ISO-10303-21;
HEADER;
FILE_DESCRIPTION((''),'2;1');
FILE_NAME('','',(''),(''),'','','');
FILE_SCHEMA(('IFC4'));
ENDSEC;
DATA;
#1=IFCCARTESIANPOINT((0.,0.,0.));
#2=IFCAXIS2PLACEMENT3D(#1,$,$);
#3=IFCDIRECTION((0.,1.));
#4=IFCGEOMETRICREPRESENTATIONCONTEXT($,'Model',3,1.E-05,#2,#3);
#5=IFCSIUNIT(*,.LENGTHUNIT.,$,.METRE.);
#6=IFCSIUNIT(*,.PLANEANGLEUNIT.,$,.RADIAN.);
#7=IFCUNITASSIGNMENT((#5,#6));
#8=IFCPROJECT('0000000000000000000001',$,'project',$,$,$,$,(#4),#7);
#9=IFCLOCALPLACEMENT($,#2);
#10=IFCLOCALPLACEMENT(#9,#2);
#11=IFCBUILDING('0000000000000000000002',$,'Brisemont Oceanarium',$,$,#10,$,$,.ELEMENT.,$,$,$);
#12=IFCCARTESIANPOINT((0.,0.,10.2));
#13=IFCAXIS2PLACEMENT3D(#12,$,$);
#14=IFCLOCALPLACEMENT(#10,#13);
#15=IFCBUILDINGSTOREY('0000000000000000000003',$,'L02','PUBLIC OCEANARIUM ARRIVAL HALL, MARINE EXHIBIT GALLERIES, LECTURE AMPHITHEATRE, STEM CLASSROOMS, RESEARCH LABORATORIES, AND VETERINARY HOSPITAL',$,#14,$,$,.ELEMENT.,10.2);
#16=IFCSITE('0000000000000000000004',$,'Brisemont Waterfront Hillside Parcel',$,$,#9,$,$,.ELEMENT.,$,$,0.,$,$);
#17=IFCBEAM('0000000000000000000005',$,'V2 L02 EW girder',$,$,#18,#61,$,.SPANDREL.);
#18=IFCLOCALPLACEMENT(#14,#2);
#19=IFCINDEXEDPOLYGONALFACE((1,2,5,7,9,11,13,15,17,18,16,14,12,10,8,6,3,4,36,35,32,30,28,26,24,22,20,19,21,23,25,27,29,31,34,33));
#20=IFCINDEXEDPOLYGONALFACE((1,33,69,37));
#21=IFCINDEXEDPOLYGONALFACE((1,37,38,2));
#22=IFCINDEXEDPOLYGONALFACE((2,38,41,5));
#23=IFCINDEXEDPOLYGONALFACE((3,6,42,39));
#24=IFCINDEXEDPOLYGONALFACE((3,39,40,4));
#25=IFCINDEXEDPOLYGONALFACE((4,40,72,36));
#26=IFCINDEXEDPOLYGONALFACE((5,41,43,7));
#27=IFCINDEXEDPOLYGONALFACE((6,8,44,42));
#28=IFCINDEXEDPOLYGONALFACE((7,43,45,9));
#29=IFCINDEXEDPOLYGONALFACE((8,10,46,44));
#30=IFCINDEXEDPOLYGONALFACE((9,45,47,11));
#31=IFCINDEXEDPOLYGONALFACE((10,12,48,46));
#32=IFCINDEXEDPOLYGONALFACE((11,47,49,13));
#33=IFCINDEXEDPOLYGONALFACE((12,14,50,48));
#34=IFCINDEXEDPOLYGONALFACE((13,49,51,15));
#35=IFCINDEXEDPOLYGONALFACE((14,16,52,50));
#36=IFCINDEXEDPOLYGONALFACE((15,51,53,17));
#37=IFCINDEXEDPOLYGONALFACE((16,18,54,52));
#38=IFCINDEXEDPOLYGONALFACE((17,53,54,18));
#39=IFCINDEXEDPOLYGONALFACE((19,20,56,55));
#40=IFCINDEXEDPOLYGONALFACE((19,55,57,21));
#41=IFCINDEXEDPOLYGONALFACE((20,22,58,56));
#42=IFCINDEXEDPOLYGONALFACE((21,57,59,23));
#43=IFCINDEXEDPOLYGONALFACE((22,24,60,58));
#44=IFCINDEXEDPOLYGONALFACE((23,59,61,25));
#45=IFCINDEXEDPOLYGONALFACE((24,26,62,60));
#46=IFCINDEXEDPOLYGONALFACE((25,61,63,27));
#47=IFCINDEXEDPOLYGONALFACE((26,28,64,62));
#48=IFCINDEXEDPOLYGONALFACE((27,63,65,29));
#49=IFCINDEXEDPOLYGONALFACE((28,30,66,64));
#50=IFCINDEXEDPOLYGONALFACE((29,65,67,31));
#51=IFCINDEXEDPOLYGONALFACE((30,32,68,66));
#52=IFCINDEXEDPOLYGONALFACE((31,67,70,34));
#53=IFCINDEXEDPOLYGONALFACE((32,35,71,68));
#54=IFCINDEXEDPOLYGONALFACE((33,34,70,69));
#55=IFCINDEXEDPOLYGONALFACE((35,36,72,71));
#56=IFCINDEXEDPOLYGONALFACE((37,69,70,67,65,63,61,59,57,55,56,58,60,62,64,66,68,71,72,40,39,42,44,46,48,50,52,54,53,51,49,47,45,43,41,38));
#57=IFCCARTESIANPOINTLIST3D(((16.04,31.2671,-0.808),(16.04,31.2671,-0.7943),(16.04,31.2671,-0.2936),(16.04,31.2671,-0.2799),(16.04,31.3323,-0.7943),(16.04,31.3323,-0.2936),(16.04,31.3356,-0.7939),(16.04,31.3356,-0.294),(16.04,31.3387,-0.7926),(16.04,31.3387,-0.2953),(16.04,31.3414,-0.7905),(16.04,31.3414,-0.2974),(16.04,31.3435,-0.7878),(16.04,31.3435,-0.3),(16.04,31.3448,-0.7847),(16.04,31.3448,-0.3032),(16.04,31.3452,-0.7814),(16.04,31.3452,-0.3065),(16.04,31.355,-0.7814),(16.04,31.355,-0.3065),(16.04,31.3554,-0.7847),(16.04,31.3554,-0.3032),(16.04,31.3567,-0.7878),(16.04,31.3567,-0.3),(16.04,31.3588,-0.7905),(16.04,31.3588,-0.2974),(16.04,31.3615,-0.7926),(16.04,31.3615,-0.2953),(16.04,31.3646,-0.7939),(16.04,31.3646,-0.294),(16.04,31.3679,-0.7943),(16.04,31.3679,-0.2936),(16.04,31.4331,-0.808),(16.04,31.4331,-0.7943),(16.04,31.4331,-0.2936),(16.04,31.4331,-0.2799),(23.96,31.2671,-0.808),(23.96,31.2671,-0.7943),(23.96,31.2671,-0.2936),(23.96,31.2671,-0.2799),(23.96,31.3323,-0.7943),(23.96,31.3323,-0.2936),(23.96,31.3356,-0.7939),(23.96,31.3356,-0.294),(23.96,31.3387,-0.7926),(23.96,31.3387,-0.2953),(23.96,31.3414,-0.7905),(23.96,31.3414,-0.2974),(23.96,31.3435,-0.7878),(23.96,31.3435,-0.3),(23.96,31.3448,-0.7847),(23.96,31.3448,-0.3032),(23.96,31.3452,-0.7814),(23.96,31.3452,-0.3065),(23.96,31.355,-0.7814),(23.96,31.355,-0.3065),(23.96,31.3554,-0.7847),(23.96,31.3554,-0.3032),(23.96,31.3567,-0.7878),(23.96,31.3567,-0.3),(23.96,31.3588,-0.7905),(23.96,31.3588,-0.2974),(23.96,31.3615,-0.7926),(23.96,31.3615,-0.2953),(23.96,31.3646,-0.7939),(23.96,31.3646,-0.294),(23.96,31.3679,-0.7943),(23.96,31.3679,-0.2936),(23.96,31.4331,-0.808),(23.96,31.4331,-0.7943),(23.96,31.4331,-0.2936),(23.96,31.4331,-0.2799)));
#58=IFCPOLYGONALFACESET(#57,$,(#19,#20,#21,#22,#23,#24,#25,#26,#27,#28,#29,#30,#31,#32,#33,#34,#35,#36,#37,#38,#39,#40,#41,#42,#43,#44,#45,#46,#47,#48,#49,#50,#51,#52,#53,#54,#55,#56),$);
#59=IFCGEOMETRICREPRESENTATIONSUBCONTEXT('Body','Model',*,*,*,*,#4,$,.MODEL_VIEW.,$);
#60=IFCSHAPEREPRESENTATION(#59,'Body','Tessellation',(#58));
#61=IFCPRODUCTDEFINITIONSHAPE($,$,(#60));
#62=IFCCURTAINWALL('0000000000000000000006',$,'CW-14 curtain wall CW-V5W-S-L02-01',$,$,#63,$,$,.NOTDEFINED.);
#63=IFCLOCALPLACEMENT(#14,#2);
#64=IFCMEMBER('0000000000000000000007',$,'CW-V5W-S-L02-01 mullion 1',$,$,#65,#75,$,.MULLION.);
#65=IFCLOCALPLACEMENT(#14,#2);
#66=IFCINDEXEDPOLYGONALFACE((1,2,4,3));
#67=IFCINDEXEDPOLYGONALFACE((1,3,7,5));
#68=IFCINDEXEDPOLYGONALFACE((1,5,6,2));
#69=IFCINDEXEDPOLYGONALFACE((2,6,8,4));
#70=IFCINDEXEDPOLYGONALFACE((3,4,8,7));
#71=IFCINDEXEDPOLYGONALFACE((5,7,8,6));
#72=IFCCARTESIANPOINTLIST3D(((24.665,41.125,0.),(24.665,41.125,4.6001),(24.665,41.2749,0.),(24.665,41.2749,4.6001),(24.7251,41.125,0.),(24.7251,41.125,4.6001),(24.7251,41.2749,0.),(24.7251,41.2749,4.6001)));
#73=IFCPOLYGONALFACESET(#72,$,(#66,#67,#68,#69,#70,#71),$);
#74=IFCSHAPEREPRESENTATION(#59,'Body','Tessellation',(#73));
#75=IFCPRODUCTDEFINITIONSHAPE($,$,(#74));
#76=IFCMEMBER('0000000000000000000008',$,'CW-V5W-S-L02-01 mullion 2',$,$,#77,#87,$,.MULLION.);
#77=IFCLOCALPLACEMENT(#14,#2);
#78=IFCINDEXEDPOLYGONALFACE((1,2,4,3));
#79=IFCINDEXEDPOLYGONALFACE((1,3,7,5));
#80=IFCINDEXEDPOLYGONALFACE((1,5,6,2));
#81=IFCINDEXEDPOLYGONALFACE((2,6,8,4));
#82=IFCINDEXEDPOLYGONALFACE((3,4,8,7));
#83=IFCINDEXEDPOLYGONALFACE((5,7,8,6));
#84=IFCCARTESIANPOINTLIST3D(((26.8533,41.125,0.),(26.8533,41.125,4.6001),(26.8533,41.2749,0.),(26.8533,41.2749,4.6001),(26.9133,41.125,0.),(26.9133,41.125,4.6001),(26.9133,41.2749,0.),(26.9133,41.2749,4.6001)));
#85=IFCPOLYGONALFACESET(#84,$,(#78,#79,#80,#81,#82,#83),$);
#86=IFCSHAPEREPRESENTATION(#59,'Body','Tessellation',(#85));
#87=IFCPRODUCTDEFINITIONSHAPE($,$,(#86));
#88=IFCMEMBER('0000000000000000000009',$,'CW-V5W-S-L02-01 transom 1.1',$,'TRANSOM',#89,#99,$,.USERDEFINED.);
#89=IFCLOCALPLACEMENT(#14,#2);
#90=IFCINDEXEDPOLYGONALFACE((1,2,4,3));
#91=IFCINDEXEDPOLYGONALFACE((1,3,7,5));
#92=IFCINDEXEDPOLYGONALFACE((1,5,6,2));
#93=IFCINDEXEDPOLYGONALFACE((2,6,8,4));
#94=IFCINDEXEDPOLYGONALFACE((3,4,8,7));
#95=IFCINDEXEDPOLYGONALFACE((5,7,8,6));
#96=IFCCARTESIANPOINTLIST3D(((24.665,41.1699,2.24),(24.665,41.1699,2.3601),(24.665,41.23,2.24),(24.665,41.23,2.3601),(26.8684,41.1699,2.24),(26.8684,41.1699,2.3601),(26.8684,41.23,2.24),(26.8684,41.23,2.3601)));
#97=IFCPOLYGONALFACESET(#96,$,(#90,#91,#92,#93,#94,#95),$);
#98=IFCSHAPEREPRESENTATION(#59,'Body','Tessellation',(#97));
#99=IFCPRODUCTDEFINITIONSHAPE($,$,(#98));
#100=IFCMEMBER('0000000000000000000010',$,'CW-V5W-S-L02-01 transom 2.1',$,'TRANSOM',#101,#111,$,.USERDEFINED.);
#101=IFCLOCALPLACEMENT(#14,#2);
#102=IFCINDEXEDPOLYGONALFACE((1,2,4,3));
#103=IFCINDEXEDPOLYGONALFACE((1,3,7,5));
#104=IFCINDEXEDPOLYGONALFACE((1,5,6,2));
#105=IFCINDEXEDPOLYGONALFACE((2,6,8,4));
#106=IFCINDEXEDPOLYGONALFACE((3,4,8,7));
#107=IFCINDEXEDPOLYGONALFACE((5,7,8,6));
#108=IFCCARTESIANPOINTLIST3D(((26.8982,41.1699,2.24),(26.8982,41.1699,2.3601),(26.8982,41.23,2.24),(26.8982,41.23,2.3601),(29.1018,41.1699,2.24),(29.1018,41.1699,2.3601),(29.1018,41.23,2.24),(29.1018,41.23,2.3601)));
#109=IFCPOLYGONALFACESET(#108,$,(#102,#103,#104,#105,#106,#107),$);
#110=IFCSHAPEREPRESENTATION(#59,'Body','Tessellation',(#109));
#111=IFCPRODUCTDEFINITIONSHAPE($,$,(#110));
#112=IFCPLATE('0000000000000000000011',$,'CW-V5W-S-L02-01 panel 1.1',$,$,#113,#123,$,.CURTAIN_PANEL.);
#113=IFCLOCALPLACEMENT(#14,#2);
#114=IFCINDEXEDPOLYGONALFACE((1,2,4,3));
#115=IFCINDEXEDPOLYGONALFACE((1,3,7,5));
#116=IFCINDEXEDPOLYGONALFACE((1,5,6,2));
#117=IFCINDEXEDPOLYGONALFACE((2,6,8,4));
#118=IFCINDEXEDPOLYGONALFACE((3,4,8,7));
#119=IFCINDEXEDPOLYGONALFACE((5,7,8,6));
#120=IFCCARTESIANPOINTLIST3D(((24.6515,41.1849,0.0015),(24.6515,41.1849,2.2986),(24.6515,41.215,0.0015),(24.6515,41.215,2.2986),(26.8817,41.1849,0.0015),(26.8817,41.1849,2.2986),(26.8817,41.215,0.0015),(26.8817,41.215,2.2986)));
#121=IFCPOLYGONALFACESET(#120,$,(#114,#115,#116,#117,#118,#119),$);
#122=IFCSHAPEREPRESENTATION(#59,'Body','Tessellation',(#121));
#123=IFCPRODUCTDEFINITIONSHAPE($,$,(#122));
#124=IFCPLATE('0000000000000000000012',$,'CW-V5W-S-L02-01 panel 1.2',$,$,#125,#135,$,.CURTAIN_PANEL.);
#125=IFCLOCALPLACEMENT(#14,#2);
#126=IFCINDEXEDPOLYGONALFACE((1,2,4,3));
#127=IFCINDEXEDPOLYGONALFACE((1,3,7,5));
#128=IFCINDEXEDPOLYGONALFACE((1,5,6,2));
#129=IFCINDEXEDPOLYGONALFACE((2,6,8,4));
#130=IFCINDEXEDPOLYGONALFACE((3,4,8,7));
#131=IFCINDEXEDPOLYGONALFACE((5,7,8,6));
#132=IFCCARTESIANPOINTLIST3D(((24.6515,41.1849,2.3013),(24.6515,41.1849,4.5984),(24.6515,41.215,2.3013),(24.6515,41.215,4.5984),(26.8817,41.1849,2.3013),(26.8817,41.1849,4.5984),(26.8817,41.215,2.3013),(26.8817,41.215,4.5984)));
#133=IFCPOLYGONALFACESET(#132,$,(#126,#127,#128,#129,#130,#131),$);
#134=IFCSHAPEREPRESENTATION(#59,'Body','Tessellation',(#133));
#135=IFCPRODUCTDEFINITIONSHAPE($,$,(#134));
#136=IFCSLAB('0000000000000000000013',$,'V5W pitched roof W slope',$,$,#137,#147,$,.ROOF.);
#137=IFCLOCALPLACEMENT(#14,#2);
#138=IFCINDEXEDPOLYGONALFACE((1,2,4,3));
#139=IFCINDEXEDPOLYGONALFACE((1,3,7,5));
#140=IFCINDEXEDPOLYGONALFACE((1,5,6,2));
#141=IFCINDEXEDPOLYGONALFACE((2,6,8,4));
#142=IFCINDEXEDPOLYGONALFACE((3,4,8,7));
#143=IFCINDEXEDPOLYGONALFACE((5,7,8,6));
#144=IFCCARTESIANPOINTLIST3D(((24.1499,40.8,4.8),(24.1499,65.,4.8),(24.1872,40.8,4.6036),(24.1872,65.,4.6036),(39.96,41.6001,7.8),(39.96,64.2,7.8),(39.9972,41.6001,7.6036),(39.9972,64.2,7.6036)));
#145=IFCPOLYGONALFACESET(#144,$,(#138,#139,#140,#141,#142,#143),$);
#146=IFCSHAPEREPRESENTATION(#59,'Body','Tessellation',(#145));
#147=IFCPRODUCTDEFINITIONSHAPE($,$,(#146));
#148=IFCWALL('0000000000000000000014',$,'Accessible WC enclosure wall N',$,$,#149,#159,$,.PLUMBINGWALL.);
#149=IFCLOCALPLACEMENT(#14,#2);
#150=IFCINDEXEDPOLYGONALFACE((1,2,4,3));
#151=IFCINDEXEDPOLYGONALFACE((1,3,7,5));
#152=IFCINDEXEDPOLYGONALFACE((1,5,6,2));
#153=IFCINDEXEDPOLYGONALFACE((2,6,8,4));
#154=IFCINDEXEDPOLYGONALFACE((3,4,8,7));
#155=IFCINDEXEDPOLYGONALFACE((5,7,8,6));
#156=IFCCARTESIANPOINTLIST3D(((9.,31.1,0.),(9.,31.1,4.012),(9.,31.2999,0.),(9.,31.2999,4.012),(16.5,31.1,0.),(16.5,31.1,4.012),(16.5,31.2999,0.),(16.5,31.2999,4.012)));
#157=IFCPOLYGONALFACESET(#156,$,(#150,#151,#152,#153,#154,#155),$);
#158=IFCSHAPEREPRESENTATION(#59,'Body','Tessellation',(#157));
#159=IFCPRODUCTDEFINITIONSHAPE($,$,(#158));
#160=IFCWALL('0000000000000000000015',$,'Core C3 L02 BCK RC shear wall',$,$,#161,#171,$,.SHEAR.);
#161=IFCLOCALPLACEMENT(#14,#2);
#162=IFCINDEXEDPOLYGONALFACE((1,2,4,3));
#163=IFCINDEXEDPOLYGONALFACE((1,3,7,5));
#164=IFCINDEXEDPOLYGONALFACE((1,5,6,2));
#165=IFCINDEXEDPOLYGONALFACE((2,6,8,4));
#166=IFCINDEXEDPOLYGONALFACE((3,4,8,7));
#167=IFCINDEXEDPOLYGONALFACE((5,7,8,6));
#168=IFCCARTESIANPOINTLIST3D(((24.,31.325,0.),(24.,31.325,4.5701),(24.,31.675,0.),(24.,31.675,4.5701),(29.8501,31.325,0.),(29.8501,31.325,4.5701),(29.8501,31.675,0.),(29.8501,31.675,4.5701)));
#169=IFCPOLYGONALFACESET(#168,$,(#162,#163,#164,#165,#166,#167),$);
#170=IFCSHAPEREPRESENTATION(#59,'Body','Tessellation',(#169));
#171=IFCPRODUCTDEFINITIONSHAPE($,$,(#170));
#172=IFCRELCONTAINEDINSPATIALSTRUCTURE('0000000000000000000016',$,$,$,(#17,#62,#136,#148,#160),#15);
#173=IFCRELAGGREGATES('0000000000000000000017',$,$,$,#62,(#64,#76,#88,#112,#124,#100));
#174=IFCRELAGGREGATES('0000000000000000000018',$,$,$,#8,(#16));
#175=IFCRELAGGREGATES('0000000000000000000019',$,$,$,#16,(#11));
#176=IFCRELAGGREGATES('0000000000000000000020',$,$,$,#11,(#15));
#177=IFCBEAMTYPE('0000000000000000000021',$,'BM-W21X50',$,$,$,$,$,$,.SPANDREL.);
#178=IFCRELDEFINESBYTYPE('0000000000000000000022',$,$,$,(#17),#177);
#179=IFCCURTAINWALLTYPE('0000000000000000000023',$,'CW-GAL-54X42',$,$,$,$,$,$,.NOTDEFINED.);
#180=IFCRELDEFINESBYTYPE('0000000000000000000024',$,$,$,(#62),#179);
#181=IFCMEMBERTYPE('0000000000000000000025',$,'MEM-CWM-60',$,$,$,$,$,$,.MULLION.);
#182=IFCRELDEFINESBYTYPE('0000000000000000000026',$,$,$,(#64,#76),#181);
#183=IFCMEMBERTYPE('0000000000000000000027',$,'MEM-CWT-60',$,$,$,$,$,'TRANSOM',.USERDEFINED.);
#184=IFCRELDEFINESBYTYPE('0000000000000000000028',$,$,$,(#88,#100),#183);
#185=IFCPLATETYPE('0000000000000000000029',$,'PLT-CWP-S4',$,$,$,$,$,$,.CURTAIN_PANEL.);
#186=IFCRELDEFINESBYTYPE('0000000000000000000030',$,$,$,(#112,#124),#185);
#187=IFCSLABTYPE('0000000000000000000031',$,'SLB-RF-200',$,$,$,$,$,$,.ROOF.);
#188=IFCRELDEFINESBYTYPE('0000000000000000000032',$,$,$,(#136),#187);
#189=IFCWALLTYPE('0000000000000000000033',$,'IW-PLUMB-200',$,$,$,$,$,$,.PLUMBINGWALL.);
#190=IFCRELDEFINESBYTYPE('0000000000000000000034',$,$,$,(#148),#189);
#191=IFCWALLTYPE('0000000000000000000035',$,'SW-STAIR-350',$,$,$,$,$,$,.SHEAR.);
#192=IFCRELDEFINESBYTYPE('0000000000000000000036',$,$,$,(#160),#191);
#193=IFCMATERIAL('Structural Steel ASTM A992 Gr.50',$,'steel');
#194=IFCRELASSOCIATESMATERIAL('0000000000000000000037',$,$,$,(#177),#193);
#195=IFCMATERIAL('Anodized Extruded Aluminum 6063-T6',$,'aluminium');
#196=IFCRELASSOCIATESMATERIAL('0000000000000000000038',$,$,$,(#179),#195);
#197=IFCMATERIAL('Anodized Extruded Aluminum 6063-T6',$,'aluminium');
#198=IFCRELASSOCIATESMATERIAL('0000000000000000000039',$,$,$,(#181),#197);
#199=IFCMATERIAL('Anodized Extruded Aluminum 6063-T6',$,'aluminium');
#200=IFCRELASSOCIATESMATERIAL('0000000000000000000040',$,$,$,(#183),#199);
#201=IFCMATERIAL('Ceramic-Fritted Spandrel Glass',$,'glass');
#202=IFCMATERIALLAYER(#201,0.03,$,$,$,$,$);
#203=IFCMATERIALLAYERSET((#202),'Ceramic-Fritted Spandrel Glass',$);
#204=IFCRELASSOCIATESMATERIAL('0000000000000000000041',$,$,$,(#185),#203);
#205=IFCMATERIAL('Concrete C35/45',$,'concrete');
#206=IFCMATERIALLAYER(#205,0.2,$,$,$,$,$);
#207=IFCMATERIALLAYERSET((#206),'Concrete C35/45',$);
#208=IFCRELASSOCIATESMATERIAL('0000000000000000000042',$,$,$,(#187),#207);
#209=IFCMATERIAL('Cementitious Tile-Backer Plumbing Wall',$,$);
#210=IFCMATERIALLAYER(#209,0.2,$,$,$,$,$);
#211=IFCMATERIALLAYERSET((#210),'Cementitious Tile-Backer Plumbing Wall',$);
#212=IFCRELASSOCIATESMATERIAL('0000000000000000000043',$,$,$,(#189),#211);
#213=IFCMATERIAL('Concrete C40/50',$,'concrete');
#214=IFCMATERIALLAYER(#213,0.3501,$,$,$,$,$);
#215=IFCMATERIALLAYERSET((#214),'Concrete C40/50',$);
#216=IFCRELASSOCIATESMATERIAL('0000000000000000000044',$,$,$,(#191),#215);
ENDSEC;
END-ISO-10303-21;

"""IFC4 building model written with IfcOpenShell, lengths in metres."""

from ifc_helpers import new_model, si_unit, direction, frame, frame_2d, origin, origin_2d, place, context, subcontext, project, spatial, polyline, rectangle, i_section, outline, extrude, material, layer, layer_set, material_profile, profile_set, type_object, element, aggregate, save


model = new_model("IFC4")

# Units and contexts
model_context = context("Model", 3, precision=1e-05, world=origin(), true_north=direction((0.0, 1.0)))
body_context = subcontext(model_context, "Body", "Model", "MODEL_VIEW")
ifc_project = project(units=[si_unit("LENGTHUNIT", "METRE"), si_unit("PLANEANGLEUNIT", "RADIAN")], contexts=[model_context])

# Site, building, storey
site_placement = place(None, origin())
site = spatial("IfcSite", under=ifc_project, at=site_placement, Name="Brisemont Waterfront Hillside Parcel", CompositionType="ELEMENT", RefElevation=0.0)
building_placement = place(site_placement, origin())
building = spatial("IfcBuilding", under=site, at=building_placement, Name="Brisemont Oceanarium", CompositionType="ELEMENT")
storey_placement = place(building_placement, frame((0.0, 0.0, 10.2)))
storey = spatial("IfcBuildingStorey", under=building, at=storey_placement, Name="L02", Description="PUBLIC OCEANARIUM ARRIVAL HALL, MARINE EXHIBIT GALLERIES, LECTURE AMPHITHEATRE, STEM CLASSROOMS, RESEARCH LABORATORIES, AND VETERINARY HOSPITAL", CompositionType="ELEMENT", Elevation=10.2)

# Beam
ifc_material_1 = material(Name="Structural Steel ASTM A992 Gr.50", Category="steel")
ifc_material_profile_1 = material_profile(ifc_material_1, i_section(OverallWidth=0.166, OverallDepth=0.5281, WebThickness=0.0098, FlangeThickness=0.0137, FilletRadius=0.0129, at=origin_2d()), Name="W21X50")
ifc_profile_set_1 = profile_set([ifc_material_profile_1], Name="Structural Steel ASTM A992 Gr.50")
beam_type_1 = type_object("IfcBeamType", Name="BM-W21X50", PredefinedType="SPANDREL", material=ifc_profile_set_1)
beam_1_placement = place(storey_placement, frame((16.04, 31.3501, -0.5439), z_axis=(1.0, 0.0, 0.0), x_axis=(0.0, 1.0, 0.0)))
element("IfcBeam", 1, at=beam_1_placement, inside=storey, type_object=beam_type_1, Name="V2 L02 EW girder", PredefinedType="SPANDREL", context=body_context, shape_type="SweptSolid", body=[
    extrude(i_section(OverallWidth=0.166, OverallDepth=0.5281, WebThickness=0.0098, FlangeThickness=0.0137, FilletRadius=0.0129, at=origin_2d()), origin(), (0.0, 0.0, 1.0), 7.9199),
])

# Curtain wall, members, plates
ifc_material_2 = material(Name="Anodized Extruded Aluminum 6063-T6", Category="aluminium")
curtain_wall_type = type_object("IfcCurtainWallType", Name="CW-GAL-54X42", PredefinedType="NOTDEFINED", material=ifc_material_2)
curtain_wall_placement = place(storey_placement, origin())
curtain_wall = element("IfcCurtainWall", 2, at=curtain_wall_placement, inside=storey, type_object=curtain_wall_type, Name="CW-14 curtain wall CW-V5W-S-L02-01", PredefinedType="NOTDEFINED")
ifc_material_3 = material(Name="Anodized Extruded Aluminum 6063-T6", Category="aluminium")
ifc_material_profile_2 = material_profile(ifc_material_3, rectangle(XDim=0.0601, YDim=0.1499, at=origin_2d()), Name="CWM-60X150")
ifc_profile_set_2 = profile_set([ifc_material_profile_2], Name="Anodized Extruded Aluminum 6063-T6")
member_type_1 = type_object("IfcMemberType", Name="MEM-CWM-60", PredefinedType="MULLION", material=ifc_profile_set_2)
member_1_placement = place(storey_placement, frame((24.6951, 41.2, 0.0), z_axis=(0.0, 0.0, 1.0), x_axis=(1.0, 0.0, 0.0)))
member_1 = element("IfcMember", 3, at=member_1_placement, type_object=member_type_1, Name="CW-V5W-S-L02-01 mullion 1", PredefinedType="MULLION", context=body_context, shape_type="SweptSolid", body=[
    extrude(rectangle(XDim=0.0601, YDim=0.1499, at=origin_2d()), origin(), (0.0, 0.0, 1.0), 4.6001),
])
member_2_placement = place(storey_placement, frame((26.8833, 41.2, 0.0), z_axis=(0.0, 0.0, 1.0), x_axis=(1.0, 0.0, 0.0)))
member_2 = element("IfcMember", 4, at=member_2_placement, type_object=member_type_1, Name="CW-V5W-S-L02-01 mullion 2", PredefinedType="MULLION", context=body_context, shape_type="SweptSolid", body=[
    extrude(rectangle(XDim=0.0601, YDim=0.1499, at=origin_2d()), origin(), (0.0, 0.0, 1.0), 4.6001),
])
ifc_material_4 = material(Name="Anodized Extruded Aluminum 6063-T6", Category="aluminium")
ifc_material_profile_3 = material_profile(ifc_material_4, rectangle(XDim=0.0601, YDim=0.1201, at=origin_2d()), Name="CWT-60X120")
ifc_profile_set_3 = profile_set([ifc_material_profile_3], Name="Anodized Extruded Aluminum 6063-T6")
member_type_2 = type_object("IfcMemberType", Name="MEM-CWT-60", ElementType="TRANSOM", PredefinedType="USERDEFINED", material=ifc_profile_set_3)
member_3_placement = place(storey_placement, frame((24.665, 41.2, 2.3), z_axis=(1.0, 0.0, 0.0), x_axis=(0.0, 1.0, 0.0)))
member_3 = element("IfcMember", 5, at=member_3_placement, type_object=member_type_2, Name="CW-V5W-S-L02-01 transom 1.1", ObjectType="TRANSOM", PredefinedType="USERDEFINED", context=body_context, shape_type="SweptSolid", body=[
    extrude(rectangle(XDim=0.0601, YDim=0.1201, at=origin_2d()), origin(), (0.0, 0.0, 1.0), 2.2034),
])
member_4_placement = place(storey_placement, frame((26.8982, 41.2, 2.3), z_axis=(1.0, 0.0, 0.0), x_axis=(0.0, 1.0, 0.0)))
member_4 = element("IfcMember", 6, at=member_4_placement, type_object=member_type_2, Name="CW-V5W-S-L02-01 transom 2.1", ObjectType="TRANSOM", PredefinedType="USERDEFINED", context=body_context, shape_type="SweptSolid", body=[
    extrude(rectangle(XDim=0.0601, YDim=0.1201, at=origin_2d()), origin(), (0.0, 0.0, 1.0), 2.2036),
])
ifc_material_5 = material(Name="Ceramic-Fritted Spandrel Glass", Category="glass")
ifc_layer_1 = layer(ifc_material_5, 0.03)
ifc_layer_set_1 = layer_set([ifc_layer_1], Name="Ceramic-Fritted Spandrel Glass")
plate_type = type_object("IfcPlateType", Name="PLT-CWP-S4", PredefinedType="CURTAIN_PANEL", material=ifc_layer_set_1)
plate_1_placement = place(storey_placement, frame((25.7666, 41.2, 0.0015), z_axis=(0.0, 0.0, 1.0), x_axis=(1.0, 0.0, 0.0)))
plate_1 = element("IfcPlate", 7, at=plate_1_placement, type_object=plate_type, Name="CW-V5W-S-L02-01 panel 1.1", PredefinedType="CURTAIN_PANEL", context=body_context, shape_type="SweptSolid", body=[
    extrude(rectangle(XDim=2.2302, YDim=0.03, at=origin_2d()), origin(), (0.0, 0.0, 1.0), 2.2971),
])
plate_2_placement = place(storey_placement, frame((25.7666, 41.2, 2.3013), z_axis=(0.0, 0.0, 1.0), x_axis=(1.0, 0.0, 0.0)))
plate_2 = element("IfcPlate", 8, at=plate_2_placement, type_object=plate_type, Name="CW-V5W-S-L02-01 panel 1.2", PredefinedType="CURTAIN_PANEL", context=body_context, shape_type="SweptSolid", body=[
    extrude(rectangle(XDim=2.2302, YDim=0.03, at=origin_2d()), origin(), (0.0, 0.0, 1.0), 2.2971),
])
aggregate(curtain_wall, [member_1, member_2, member_3, plate_1, plate_2, member_4])

# Slab
ifc_material_6 = material(Name="Concrete C35/45", Category="concrete")
ifc_layer_2 = layer(ifc_material_6, 0.2)
ifc_layer_set_2 = layer_set([ifc_layer_2], Name="Concrete C35/45")
slab_type = type_object("IfcSlabType", Name="SLB-RF-200", PredefinedType="ROOF", material=ifc_layer_set_2)
slab_placement = place(storey_placement, frame((24.1499, 40.8, 4.8), z_axis=(-0.186426, 0.0, 0.982469), x_axis=(0.981257, 0.049655, 0.186196)))
element("IfcSlab", 9, at=slab_placement, inside=storey, type_object=slab_type, Name="V5W pitched roof W slope", PredefinedType="ROOF", context=body_context, shape_type="SweptSolid", body=[
    extrude(outline(polyline([(0.0, 0.0), (16.112, 0.0), (17.2342, 22.572), (1.2017, 24.1701), (0.0, 0.0)])), origin(), (0.0, 0.0, -1.0), 0.2),
])

# Walls
ifc_material_7 = material(Name="Cementitious Tile-Backer Plumbing Wall")
ifc_layer_3 = layer(ifc_material_7, 0.2)
ifc_layer_set_3 = layer_set([ifc_layer_3], Name="Cementitious Tile-Backer Plumbing Wall")
wall_type_1 = type_object("IfcWallType", Name="IW-PLUMB-200", PredefinedType="PLUMBINGWALL", material=ifc_layer_set_3)
wall_1_placement = place(storey_placement, frame((9.0, 31.2, 0.0), z_axis=(0.0, 0.0, 1.0), x_axis=(1.0, 0.0, 0.0)))
element("IfcWall", 10, at=wall_1_placement, inside=storey, type_object=wall_type_1, Name="Accessible WC enclosure wall N", PredefinedType="PLUMBINGWALL", context=body_context, shape_type="SweptSolid", body=[
    extrude(rectangle(XDim=7.5, YDim=0.2, at=frame_2d((3.75, 0.0))), origin(), (0.0, 0.0, 1.0), 4.012),
])
ifc_material_8 = material(Name="Concrete C40/50", Category="concrete")
ifc_layer_4 = layer(ifc_material_8, 0.3501)
ifc_layer_set_4 = layer_set([ifc_layer_4], Name="Concrete C40/50")
wall_type_2 = type_object("IfcWallType", Name="SW-STAIR-350", PredefinedType="SHEAR", material=ifc_layer_set_4)
wall_2_placement = place(storey_placement, frame((24.0, 31.5, 0.0), z_axis=(0.0, 0.0, 1.0), x_axis=(1.0, 0.0, 0.0)))
element("IfcWall", 11, at=wall_2_placement, inside=storey, type_object=wall_type_2, Name="Core C3 L02 BCK RC shear wall", PredefinedType="SHEAR", context=body_context, shape_type="SweptSolid", body=[
    extrude(rectangle(XDim=5.8501, YDim=0.3501, at=frame_2d((2.925, 0.0))), origin(), (0.0, 0.0, 1.0), 4.5701),
])

save(model, "model.ifc")
